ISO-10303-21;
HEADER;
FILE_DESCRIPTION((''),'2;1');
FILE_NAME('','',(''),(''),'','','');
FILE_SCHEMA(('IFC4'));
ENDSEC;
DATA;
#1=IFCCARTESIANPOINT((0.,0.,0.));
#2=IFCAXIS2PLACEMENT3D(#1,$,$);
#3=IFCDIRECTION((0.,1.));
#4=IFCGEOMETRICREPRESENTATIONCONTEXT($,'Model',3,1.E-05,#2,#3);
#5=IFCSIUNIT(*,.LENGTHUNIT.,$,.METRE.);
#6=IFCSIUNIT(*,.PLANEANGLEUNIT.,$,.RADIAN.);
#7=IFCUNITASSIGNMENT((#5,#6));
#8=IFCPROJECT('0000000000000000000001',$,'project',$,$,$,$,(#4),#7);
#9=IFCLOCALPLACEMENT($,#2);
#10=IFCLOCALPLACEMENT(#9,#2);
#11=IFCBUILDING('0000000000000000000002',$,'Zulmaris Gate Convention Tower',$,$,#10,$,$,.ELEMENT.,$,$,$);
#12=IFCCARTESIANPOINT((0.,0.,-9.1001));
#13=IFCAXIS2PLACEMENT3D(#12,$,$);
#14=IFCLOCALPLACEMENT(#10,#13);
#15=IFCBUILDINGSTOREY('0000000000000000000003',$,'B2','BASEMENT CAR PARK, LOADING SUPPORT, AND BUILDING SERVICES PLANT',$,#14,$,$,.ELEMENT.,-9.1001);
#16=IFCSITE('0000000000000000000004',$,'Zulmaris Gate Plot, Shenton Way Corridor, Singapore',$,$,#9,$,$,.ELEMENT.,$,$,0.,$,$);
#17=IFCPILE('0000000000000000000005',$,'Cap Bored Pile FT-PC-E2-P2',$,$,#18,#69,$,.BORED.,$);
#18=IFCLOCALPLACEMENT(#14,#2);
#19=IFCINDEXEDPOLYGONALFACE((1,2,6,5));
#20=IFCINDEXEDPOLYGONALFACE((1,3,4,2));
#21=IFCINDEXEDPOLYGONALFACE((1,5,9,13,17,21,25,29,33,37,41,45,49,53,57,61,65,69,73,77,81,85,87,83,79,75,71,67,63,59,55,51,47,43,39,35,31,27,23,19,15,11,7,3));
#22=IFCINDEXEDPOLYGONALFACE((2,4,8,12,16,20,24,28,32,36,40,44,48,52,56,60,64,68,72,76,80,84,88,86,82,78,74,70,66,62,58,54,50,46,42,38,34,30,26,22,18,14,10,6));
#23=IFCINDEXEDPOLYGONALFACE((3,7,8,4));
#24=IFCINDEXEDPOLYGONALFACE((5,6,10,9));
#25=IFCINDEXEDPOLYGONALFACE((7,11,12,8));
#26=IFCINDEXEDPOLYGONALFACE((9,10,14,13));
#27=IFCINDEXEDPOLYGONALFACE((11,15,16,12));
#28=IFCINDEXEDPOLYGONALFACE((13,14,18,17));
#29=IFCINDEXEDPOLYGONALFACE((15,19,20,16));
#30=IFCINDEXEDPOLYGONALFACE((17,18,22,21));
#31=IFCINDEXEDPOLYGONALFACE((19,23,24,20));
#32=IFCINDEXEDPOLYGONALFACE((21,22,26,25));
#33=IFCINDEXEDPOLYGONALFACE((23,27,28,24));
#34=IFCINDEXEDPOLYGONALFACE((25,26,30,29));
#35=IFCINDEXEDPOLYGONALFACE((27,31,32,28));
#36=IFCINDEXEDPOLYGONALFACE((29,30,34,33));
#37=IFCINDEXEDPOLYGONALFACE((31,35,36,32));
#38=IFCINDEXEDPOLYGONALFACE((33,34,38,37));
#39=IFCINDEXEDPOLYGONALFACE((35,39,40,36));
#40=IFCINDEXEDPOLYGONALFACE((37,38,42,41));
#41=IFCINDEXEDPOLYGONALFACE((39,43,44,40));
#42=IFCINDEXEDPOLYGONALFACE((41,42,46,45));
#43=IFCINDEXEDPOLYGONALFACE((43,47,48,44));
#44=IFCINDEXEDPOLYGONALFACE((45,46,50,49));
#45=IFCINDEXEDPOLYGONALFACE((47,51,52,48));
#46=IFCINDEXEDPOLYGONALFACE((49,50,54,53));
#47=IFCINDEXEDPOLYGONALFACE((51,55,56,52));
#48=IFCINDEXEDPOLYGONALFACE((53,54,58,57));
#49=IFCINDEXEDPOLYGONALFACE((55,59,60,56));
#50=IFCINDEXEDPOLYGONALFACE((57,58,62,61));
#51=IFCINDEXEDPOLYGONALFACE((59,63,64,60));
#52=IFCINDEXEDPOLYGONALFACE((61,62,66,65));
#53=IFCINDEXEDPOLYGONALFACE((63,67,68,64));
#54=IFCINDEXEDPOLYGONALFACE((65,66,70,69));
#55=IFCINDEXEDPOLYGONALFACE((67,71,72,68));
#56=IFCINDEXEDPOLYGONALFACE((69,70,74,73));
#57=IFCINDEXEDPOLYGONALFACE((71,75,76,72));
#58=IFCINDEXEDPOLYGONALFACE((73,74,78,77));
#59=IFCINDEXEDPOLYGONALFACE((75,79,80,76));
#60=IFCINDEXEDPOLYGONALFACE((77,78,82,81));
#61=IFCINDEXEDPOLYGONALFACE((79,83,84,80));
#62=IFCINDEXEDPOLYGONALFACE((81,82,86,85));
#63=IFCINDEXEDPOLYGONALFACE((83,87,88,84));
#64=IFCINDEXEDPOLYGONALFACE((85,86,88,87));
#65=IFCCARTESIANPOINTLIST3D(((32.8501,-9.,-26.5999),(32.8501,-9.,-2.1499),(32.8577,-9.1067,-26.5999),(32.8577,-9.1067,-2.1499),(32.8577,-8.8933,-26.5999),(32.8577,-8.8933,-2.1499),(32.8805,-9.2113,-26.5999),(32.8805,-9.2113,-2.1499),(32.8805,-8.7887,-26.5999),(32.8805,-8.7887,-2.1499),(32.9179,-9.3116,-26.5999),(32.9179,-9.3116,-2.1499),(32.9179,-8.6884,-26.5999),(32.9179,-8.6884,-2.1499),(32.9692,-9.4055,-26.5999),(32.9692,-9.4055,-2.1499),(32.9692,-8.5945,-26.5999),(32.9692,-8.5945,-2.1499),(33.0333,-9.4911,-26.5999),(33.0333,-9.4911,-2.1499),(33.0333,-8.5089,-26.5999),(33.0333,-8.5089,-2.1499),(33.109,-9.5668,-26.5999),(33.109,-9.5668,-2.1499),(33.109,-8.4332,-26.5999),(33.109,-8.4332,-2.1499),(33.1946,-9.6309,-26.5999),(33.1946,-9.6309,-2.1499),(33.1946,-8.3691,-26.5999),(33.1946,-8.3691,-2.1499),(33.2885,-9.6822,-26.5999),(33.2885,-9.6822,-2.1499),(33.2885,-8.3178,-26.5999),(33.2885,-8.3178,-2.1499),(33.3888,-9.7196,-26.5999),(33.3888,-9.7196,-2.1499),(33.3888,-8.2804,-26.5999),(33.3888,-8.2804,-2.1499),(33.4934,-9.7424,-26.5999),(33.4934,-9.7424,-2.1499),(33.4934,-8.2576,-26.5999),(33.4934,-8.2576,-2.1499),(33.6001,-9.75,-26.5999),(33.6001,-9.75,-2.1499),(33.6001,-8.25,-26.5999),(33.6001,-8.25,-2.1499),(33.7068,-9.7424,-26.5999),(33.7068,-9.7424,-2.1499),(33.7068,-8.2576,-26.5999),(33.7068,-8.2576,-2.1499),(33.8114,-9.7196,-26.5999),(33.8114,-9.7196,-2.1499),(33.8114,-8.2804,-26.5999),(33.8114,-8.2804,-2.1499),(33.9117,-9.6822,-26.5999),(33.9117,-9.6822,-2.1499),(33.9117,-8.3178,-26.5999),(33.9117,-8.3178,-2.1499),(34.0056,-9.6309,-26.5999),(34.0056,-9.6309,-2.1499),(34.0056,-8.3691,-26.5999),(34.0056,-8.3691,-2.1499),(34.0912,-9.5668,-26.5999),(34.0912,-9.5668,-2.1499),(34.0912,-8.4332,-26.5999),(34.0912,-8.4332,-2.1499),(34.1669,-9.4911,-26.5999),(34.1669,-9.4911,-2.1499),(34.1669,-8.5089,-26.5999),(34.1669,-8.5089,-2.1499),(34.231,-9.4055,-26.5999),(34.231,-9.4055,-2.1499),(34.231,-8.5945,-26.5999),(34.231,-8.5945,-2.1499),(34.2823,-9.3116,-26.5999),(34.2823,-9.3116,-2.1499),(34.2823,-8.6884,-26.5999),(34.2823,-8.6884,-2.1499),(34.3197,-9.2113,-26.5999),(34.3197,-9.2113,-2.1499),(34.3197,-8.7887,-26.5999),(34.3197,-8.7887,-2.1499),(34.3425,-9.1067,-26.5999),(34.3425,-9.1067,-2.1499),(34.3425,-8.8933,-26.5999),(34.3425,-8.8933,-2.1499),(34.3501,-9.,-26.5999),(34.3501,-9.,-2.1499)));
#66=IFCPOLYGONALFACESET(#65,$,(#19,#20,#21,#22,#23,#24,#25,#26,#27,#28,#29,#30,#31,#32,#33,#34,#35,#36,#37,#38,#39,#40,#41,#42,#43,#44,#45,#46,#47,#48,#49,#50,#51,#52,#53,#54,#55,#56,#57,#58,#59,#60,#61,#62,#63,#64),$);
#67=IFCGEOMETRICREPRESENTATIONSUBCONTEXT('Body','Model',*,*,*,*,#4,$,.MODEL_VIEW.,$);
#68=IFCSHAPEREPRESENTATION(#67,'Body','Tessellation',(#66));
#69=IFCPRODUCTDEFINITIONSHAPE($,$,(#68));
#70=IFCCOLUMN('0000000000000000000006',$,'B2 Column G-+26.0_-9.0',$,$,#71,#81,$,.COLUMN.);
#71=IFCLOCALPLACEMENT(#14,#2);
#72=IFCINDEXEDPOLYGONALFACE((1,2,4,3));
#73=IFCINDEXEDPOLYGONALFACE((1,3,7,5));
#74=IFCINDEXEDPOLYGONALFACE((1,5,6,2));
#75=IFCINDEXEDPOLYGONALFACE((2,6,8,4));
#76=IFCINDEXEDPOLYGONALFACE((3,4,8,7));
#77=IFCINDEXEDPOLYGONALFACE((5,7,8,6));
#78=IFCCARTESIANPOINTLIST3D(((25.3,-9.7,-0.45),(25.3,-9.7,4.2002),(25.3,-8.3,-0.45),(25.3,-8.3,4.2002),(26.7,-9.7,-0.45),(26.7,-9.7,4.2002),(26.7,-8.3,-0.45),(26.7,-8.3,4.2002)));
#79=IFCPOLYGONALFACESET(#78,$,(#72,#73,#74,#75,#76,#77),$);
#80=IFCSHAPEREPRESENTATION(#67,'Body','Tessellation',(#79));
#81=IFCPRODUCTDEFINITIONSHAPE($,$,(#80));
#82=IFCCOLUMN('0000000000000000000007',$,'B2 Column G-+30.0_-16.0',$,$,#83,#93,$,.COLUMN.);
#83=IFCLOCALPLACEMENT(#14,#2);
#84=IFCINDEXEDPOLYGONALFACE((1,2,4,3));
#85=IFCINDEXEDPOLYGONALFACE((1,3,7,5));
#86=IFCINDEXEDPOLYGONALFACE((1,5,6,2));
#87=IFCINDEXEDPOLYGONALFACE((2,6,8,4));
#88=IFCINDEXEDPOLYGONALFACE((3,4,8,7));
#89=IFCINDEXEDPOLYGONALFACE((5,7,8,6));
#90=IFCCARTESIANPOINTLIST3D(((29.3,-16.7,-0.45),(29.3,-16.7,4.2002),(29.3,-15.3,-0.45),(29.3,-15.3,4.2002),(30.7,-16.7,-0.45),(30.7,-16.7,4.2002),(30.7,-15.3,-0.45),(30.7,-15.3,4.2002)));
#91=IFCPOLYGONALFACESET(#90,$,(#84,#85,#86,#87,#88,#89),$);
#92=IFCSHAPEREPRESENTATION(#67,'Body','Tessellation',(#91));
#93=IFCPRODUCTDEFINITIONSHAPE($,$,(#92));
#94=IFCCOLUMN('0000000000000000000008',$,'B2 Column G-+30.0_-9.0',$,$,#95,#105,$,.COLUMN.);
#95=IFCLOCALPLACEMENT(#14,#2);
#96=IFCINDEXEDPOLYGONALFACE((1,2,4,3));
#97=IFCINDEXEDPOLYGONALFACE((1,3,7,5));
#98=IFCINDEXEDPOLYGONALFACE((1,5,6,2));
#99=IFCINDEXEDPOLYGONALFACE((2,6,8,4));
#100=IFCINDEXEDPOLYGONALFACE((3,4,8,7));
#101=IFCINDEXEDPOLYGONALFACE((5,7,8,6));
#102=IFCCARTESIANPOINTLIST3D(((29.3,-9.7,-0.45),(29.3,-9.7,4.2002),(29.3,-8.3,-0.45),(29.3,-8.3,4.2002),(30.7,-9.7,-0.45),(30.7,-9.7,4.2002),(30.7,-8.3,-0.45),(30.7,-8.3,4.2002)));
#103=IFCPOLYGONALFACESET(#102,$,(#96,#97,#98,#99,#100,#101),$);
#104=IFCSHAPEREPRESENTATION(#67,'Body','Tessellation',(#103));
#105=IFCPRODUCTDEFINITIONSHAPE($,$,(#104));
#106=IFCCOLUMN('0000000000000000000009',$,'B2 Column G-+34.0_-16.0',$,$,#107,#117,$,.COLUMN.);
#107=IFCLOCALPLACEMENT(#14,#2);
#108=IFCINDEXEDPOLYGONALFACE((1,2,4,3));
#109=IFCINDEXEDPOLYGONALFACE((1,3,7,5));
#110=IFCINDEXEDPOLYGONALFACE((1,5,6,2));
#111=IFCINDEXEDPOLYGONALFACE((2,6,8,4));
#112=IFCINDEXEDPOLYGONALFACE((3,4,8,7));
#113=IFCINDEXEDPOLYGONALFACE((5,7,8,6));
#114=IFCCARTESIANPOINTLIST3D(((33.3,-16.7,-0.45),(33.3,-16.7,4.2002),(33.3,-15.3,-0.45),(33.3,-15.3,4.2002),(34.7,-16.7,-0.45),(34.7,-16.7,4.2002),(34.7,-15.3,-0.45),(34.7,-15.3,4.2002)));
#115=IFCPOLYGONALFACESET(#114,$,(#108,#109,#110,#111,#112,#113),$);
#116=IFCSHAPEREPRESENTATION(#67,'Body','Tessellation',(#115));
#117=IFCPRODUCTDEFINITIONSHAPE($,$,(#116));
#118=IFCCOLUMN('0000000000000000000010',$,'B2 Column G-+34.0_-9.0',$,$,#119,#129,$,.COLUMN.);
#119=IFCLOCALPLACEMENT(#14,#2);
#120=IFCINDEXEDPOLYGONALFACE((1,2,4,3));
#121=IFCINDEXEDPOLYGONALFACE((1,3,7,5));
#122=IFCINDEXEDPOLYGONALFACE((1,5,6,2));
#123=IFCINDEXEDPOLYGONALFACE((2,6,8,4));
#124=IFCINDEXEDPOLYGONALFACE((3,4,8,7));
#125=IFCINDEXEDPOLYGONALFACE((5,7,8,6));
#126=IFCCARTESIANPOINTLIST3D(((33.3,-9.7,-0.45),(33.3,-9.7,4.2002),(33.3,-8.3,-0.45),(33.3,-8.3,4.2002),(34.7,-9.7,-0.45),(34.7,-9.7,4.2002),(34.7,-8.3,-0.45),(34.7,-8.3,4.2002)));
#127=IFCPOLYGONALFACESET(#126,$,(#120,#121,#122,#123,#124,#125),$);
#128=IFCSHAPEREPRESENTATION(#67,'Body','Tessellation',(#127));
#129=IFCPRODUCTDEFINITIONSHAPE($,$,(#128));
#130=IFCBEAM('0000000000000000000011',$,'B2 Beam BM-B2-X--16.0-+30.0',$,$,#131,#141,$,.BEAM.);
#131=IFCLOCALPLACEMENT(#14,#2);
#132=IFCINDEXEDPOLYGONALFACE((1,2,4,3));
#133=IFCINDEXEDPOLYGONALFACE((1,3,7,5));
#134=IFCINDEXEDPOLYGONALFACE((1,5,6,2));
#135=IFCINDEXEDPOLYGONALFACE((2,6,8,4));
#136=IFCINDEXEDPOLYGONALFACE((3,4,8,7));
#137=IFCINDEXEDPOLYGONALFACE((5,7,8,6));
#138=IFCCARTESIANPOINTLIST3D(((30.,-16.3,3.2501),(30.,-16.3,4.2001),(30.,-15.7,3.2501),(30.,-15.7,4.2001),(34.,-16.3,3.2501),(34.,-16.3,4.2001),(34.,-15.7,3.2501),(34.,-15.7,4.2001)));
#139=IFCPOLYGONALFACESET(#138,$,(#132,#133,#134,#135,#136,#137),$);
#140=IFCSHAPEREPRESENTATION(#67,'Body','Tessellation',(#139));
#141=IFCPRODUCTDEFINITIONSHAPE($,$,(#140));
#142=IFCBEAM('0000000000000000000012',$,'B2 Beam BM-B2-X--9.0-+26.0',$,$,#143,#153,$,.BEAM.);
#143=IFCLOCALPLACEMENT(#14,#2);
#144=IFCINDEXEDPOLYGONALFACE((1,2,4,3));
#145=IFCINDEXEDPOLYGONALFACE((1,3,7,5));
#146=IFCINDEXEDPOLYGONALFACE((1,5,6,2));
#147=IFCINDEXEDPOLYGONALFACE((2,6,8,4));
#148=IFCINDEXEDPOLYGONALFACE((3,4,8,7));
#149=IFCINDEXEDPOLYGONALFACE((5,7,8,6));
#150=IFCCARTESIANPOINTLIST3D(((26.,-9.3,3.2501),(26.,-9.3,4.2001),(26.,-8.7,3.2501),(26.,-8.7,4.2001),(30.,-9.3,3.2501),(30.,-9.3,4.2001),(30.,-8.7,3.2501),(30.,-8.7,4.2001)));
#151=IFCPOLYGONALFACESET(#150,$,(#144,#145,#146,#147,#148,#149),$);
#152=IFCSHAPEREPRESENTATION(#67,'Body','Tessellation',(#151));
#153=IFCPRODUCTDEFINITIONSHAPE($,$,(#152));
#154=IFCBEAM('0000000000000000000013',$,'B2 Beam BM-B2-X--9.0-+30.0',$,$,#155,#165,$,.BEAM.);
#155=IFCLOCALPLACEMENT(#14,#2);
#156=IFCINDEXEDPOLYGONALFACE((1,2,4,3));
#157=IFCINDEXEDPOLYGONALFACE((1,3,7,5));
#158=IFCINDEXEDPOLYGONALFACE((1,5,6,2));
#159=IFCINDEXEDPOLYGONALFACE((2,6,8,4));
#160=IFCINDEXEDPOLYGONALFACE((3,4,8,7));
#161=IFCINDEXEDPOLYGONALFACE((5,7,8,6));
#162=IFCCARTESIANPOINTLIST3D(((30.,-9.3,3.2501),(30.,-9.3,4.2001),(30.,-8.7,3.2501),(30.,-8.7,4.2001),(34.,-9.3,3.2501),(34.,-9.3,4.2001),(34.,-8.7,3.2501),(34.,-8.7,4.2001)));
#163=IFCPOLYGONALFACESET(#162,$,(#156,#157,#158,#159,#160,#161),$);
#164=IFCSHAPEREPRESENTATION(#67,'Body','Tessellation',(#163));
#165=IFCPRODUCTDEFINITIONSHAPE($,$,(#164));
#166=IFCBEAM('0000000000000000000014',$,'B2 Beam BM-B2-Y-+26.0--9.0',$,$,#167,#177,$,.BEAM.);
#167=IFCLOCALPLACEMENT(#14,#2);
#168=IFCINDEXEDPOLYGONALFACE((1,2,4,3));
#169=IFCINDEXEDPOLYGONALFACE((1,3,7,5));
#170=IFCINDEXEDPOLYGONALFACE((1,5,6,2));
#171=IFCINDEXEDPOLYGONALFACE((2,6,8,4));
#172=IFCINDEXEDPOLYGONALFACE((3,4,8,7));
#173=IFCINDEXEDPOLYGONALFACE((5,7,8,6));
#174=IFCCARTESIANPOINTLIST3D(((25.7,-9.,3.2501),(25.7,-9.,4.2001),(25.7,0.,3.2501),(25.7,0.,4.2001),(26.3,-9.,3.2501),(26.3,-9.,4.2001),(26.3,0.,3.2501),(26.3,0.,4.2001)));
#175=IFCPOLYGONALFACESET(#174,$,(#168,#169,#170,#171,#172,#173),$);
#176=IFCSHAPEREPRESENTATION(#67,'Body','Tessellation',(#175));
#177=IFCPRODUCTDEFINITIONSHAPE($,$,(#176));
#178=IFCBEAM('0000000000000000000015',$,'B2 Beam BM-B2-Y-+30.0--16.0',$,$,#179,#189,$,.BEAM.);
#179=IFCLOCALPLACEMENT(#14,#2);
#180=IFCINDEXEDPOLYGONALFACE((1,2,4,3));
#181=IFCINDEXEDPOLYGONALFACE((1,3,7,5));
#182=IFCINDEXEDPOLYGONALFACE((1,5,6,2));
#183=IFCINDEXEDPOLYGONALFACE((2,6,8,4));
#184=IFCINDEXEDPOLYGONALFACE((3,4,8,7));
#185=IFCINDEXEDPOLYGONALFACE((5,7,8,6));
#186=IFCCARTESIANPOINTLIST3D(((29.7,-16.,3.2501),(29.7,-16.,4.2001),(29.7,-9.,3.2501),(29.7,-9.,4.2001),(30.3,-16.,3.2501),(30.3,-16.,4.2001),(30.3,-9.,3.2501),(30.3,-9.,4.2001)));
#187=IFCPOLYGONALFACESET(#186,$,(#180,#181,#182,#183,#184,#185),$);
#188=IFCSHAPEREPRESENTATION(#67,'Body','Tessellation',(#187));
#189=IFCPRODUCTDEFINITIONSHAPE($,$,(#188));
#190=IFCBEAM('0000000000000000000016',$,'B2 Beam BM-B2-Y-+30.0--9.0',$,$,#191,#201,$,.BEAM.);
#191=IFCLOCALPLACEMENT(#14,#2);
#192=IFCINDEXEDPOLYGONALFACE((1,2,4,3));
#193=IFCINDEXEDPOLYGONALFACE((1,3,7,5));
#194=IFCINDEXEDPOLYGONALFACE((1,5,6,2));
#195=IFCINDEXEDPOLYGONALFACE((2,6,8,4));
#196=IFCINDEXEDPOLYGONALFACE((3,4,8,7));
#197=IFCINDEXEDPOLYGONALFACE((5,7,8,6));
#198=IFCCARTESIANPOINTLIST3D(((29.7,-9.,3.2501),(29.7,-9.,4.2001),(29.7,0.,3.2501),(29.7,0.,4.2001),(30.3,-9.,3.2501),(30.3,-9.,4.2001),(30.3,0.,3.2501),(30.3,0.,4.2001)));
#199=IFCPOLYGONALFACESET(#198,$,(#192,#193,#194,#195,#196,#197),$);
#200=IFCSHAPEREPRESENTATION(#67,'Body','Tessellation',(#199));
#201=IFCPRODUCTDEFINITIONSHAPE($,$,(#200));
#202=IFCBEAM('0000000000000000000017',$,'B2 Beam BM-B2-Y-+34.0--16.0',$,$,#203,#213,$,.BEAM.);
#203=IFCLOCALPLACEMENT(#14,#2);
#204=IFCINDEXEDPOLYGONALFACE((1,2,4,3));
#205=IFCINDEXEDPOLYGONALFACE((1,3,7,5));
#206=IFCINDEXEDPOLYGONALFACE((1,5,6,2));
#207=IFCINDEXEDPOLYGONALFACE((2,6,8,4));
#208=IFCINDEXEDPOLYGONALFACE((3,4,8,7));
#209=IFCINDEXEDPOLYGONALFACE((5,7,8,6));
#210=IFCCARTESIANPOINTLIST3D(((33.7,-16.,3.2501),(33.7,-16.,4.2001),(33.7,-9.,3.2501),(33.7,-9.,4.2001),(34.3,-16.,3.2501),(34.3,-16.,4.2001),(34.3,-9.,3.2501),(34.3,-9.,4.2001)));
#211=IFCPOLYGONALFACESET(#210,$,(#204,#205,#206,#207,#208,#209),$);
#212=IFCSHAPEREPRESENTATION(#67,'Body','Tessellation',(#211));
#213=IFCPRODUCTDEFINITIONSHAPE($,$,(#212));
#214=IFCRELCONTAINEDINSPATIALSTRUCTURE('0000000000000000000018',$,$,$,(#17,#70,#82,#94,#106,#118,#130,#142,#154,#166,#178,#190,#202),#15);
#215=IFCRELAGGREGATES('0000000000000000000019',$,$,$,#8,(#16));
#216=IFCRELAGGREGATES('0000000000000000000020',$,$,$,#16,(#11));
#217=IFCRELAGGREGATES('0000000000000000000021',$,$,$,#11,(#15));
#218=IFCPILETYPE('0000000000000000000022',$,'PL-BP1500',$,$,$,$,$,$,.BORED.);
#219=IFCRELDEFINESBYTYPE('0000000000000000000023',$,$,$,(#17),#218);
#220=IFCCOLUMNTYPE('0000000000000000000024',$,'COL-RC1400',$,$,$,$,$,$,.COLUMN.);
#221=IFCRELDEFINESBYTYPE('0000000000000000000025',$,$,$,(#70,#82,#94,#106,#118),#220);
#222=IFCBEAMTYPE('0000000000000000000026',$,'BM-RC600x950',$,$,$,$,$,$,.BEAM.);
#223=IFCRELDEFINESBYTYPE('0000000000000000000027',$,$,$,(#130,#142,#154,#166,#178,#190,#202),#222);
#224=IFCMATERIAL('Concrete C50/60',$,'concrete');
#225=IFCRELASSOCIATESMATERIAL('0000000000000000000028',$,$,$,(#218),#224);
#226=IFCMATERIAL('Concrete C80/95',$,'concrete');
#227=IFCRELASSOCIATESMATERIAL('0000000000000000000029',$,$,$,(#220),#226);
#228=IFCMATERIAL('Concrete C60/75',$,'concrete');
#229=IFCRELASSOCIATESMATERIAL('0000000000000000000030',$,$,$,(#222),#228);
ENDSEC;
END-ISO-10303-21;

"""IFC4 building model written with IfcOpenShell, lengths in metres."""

from ifc_helpers import new_model, si_unit, direction, frame, origin, origin_2d, place, context, subcontext, project, spatial, rectangle, circle, extrude, material, material_profile, profile_set, type_object, element, save


model = new_model("IFC4")

# Units and contexts
model_context = context("Model", 3, precision=1e-05, world=origin(), true_north=direction((0.0, 1.0)))
body_context = subcontext(model_context, "Body", "Model", "MODEL_VIEW")
ifc_project = project(units=[si_unit("LENGTHUNIT", "METRE"), si_unit("PLANEANGLEUNIT", "RADIAN")], contexts=[model_context])

# Site, building, storey
site_placement = place(None, origin())
site = spatial("IfcSite", under=ifc_project, at=site_placement, Name="Zulmaris Gate Plot, Shenton Way Corridor, Singapore", CompositionType="ELEMENT", RefElevation=0.0)
building_placement = place(site_placement, origin())
building = spatial("IfcBuilding", under=site, at=building_placement, Name="Zulmaris Gate Convention Tower", CompositionType="ELEMENT")
storey_placement = place(building_placement, frame((0.0, 0.0, -9.1001)))
storey = spatial("IfcBuildingStorey", under=building, at=storey_placement, Name="B2", Description="BASEMENT CAR PARK, LOADING SUPPORT, AND BUILDING SERVICES PLANT", CompositionType="ELEMENT", Elevation=-9.1001)

# Shared definitions
ifc_material_1 = material(Name="Concrete C50/60", Category="concrete")

# Pile
ifc_material_profile_1 = material_profile(ifc_material_1, circle(Radius=0.75, at=origin_2d()), Name="BORED PILE 1500")
ifc_profile_set_1 = profile_set([ifc_material_profile_1], Name="Concrete C50/60")
pile_type = type_object("IfcPileType", Name="PL-BP1500", PredefinedType="BORED", material=ifc_profile_set_1)
for number, where, z_axis, x_axis, name in (
    (1, (33.6001, -9.0, -2.1499), (0.0, 0.0, -1.0), (1.0, 0.0, 0.0), "Cap Bored Pile FT-PC-E2-P2"),
):
    element("IfcPile", number, at=place(storey_placement, frame(where, z_axis=z_axis, x_axis=x_axis)), inside=storey, type_object=pile_type, Name=name, PredefinedType="BORED", context=body_context, shape_type="SweptSolid", body=[
        extrude(circle(Radius=0.75, at=origin_2d()), origin(), (0.0, 0.0, 1.0), 24.45),
    ])

# Columns
ifc_material_2 = material(Name="Concrete C80/95", Category="concrete")
ifc_material_profile_2 = material_profile(ifc_material_2, rectangle(XDim=1.3999, YDim=1.3999, at=origin_2d()), Name="RC COL 1400x1400")
ifc_profile_set_2 = profile_set([ifc_material_profile_2], Name="Concrete C80/95")
column_type = type_object("IfcColumnType", Name="COL-RC1400", PredefinedType="COLUMN", material=ifc_profile_set_2)
for number, where, z_axis, x_axis, name in (
    (2, (26.0, -9.0, -0.45), (0.0, 0.0, 1.0), (1.0, 0.0, 0.0), "B2 Column G-+26.0_-9.0"),
    (3, (30.0, -16.0, -0.45), (0.0, 0.0, 1.0), (1.0, 0.0, 0.0), "B2 Column G-+30.0_-16.0"),
    (4, (30.0, -9.0, -0.45), (0.0, 0.0, 1.0), (1.0, 0.0, 0.0), "B2 Column G-+30.0_-9.0"),
    (5, (34.0, -16.0, -0.45), (0.0, 0.0, 1.0), (1.0, 0.0, 0.0), "B2 Column G-+34.0_-16.0"),
    (6, (34.0, -9.0, -0.45), (0.0, 0.0, 1.0), (1.0, 0.0, 0.0), "B2 Column G-+34.0_-9.0"),
):
    element("IfcColumn", number, at=place(storey_placement, frame(where, z_axis=z_axis, x_axis=x_axis)), inside=storey, type_object=column_type, Name=name, PredefinedType="COLUMN", context=body_context, shape_type="SweptSolid", body=[
        extrude(rectangle(XDim=1.3999, YDim=1.3999, at=origin_2d()), origin(), (0.0, 0.0, 1.0), 4.6501),
    ])

# Beams
ifc_material_3 = material(Name="Concrete C60/75", Category="concrete")
ifc_material_profile_3 = material_profile(ifc_material_3, rectangle(XDim=0.6001, YDim=0.95, at=origin_2d()), Name="RC BEAM 600x950")
ifc_profile_set_3 = profile_set([ifc_material_profile_3], Name="Concrete C60/75")
beam_type_1 = type_object("IfcBeamType", Name="BM-RC600x950", PredefinedType="BEAM", material=ifc_profile_set_3)
for number, where, z_axis, x_axis, name in (
    (7, (30.0, -16.0, 3.7251), (1.0, 0.0, 0.0), (0.0, 1.0, 0.0), "B2 Beam BM-B2-X--16.0-+30.0"),
    (8, (26.0, -9.0, 3.7251), (1.0, 0.0, 0.0), (0.0, 1.0, 0.0), "B2 Beam BM-B2-X--9.0-+26.0"),
    (9, (30.0, -9.0, 3.7251), (1.0, 0.0, 0.0), (0.0, 1.0, 0.0), "B2 Beam BM-B2-X--9.0-+30.0"),
):
    element("IfcBeam", number, at=place(storey_placement, frame(where, z_axis=z_axis, x_axis=x_axis)), inside=storey, type_object=beam_type_1, Name=name, PredefinedType="BEAM", context=body_context, shape_type="SweptSolid", body=[
        extrude(rectangle(XDim=0.6001, YDim=0.95, at=origin_2d()), origin(), (0.0, 0.0, 1.0), 4.0),
    ])
beam_1_placement = place(storey_placement, frame((26.0, -9.0, 3.7251), z_axis=(0.0, 1.0, 0.0), x_axis=(-1.0, 0.0, 0.0)))
element("IfcBeam", 10, at=beam_1_placement, inside=storey, type_object=beam_type_1, Name="B2 Beam BM-B2-Y-+26.0--9.0", PredefinedType="BEAM", context=body_context, shape_type="SweptSolid", body=[
    extrude(rectangle(XDim=0.6001, YDim=0.95, at=origin_2d()), origin(), (0.0, 0.0, 1.0), 9.0),
])
beam_2_placement = place(storey_placement, frame((30.0, -16.0, 3.7251), z_axis=(0.0, 1.0, 0.0), x_axis=(-1.0, 0.0, 0.0)))
element("IfcBeam", 11, at=beam_2_placement, inside=storey, type_object=beam_type_1, Name="B2 Beam BM-B2-Y-+30.0--16.0", PredefinedType="BEAM", context=body_context, shape_type="SweptSolid", body=[
    extrude(rectangle(XDim=0.6001, YDim=0.95, at=origin_2d()), origin(), (0.0, 0.0, 1.0), 7.0),
])
beam_3_placement = place(storey_placement, frame((30.0, -9.0, 3.7251), z_axis=(0.0, 1.0, 0.0), x_axis=(-1.0, 0.0, 0.0)))
element("IfcBeam", 12, at=beam_3_placement, inside=storey, type_object=beam_type_1, Name="B2 Beam BM-B2-Y-+30.0--9.0", PredefinedType="BEAM", context=body_context, shape_type="SweptSolid", body=[
    extrude(rectangle(XDim=0.6001, YDim=0.95, at=origin_2d()), origin(), (0.0, 0.0, 1.0), 9.0),
])
beam_4_placement = place(storey_placement, frame((34.0, -16.0, 3.7251), z_axis=(0.0, 1.0, 0.0), x_axis=(-1.0, 0.0, 0.0)))
element("IfcBeam", 13, at=beam_4_placement, inside=storey, type_object=beam_type_1, Name="B2 Beam BM-B2-Y-+34.0--16.0", PredefinedType="BEAM", context=body_context, shape_type="SweptSolid", body=[
    extrude(rectangle(XDim=0.6001, YDim=0.95, at=origin_2d()), origin(), (0.0, 0.0, 1.0), 7.0),
])

save(model, "model.ifc")
